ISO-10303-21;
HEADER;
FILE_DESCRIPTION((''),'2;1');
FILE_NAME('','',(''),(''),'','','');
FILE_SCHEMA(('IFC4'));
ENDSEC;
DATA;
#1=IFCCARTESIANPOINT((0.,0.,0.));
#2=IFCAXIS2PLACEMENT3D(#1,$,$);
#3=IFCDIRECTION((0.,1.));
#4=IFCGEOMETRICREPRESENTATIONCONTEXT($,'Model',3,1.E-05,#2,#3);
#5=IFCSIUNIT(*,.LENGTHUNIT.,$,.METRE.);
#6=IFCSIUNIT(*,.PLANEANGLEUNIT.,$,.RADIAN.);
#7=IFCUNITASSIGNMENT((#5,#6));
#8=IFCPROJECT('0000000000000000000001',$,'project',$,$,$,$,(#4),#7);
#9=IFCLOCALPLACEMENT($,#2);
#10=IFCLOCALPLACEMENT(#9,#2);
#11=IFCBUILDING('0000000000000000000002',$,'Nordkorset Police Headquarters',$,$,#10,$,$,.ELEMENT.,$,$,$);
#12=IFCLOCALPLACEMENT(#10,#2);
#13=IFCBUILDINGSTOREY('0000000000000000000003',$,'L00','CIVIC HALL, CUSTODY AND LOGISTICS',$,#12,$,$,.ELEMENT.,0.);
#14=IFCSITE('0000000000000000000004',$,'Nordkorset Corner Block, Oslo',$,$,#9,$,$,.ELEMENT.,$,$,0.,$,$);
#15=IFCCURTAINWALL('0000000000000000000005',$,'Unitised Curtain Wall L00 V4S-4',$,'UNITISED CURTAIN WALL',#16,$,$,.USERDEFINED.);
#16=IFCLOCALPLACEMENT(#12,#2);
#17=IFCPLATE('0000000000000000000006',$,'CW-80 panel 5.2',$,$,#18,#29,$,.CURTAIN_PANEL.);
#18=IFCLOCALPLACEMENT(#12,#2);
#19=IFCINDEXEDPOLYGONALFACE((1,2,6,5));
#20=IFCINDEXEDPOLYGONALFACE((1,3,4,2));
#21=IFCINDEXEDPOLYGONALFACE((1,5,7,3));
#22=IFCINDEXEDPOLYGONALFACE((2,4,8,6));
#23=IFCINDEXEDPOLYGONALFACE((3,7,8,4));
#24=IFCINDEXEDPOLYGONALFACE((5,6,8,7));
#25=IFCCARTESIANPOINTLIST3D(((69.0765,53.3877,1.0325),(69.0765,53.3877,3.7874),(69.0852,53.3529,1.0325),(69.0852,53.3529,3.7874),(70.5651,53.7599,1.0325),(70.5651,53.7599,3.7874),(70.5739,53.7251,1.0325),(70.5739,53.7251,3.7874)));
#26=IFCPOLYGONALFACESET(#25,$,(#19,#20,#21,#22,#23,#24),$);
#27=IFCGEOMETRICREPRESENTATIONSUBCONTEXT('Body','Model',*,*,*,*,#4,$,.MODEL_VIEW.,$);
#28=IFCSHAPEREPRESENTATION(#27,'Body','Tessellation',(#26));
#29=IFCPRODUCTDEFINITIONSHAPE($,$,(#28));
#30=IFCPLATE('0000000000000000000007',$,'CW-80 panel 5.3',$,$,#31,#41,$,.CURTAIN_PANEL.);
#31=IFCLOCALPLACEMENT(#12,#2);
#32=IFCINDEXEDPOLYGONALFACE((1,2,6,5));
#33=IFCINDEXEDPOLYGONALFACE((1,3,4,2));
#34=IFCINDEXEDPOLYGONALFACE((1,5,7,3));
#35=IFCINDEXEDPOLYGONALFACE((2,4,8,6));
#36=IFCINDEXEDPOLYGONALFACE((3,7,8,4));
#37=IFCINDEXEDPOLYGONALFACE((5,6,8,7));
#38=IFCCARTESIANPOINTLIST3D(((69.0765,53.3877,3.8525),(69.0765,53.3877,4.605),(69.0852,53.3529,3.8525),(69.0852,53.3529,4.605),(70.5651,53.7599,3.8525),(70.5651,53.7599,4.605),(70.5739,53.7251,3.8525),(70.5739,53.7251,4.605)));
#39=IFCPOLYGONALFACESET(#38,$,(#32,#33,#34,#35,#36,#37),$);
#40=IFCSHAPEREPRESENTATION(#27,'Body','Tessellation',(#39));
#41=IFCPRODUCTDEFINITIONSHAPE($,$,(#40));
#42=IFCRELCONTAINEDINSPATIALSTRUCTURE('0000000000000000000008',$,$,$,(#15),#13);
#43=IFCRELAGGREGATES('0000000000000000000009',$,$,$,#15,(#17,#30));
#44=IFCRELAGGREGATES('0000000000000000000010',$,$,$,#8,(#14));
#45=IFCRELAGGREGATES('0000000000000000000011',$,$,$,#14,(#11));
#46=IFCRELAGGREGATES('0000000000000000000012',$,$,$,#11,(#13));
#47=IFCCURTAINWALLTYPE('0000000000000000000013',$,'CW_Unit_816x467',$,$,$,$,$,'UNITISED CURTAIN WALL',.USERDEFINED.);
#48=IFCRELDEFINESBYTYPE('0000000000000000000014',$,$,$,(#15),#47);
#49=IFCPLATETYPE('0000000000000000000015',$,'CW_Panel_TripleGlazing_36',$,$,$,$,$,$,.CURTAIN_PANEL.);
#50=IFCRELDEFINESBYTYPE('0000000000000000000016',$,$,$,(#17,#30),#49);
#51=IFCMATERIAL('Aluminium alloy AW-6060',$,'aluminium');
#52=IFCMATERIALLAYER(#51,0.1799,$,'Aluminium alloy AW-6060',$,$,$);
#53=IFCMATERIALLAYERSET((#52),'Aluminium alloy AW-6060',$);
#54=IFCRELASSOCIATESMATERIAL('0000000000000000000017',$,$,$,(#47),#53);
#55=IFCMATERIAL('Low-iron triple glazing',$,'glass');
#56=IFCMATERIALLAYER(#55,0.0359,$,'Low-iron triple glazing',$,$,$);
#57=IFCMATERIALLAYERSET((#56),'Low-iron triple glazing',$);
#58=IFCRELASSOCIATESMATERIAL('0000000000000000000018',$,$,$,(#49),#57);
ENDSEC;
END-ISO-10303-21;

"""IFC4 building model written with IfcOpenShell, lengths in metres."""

from ifc_helpers import new_model, si_unit, direction, frame, origin, origin_2d, place, context, subcontext, project, spatial, rectangle, extrude, material, layer, layer_set, type_object, element, aggregate, save


model = new_model("IFC4")

# Units and contexts
model_context = context("Model", 3, precision=1e-05, world=origin(), true_north=direction((0.0, 1.0)))
body_context = subcontext(model_context, "Body", "Model", "MODEL_VIEW")
ifc_project = project(units=[si_unit("LENGTHUNIT", "METRE"), si_unit("PLANEANGLEUNIT", "RADIAN")], contexts=[model_context])

# Site, building, storey
site_placement = place(None, origin())
site = spatial("IfcSite", under=ifc_project, at=site_placement, Name="Nordkorset Corner Block, Oslo", CompositionType="ELEMENT", RefElevation=0.0)
building_placement = place(site_placement, origin())
building = spatial("IfcBuilding", under=site, at=building_placement, Name="Nordkorset Police Headquarters", CompositionType="ELEMENT")
storey_placement = place(building_placement, origin())
storey = spatial("IfcBuildingStorey", under=building, at=storey_placement, Name="L00", Description="CIVIC HALL, CUSTODY AND LOGISTICS", CompositionType="ELEMENT", Elevation=0.0)

# Curtain wall
ifc_material_1 = material(Name="Aluminium alloy AW-6060", Category="aluminium")
ifc_layer_1 = layer(ifc_material_1, 0.1799, Name="Aluminium alloy AW-6060")
ifc_layer_set_1 = layer_set([ifc_layer_1], Name="Aluminium alloy AW-6060")
curtain_wall_type = type_object("IfcCurtainWallType", Name="CW_Unit_816x467", ElementType="UNITISED CURTAIN WALL", PredefinedType="USERDEFINED", material=ifc_layer_set_1)
curtain_wall_placement = place(storey_placement, origin())
curtain_wall = element("IfcCurtainWall", 1, at=curtain_wall_placement, inside=storey, type_object=curtain_wall_type, Name="Unitised Curtain Wall L00 V4S-4", ObjectType="UNITISED CURTAIN WALL", PredefinedType="USERDEFINED")

# Plates
ifc_material_2 = material(Name="Low-iron triple glazing", Category="glass")
ifc_layer_2 = layer(ifc_material_2, 0.0359, Name="Low-iron triple glazing")
ifc_layer_set_2 = layer_set([ifc_layer_2], Name="Low-iron triple glazing")
plate_type = type_object("IfcPlateType", Name="CW_Panel_TripleGlazing_36", PredefinedType="CURTAIN_PANEL", material=ifc_layer_set_2)
plate_1_placement = place(storey_placement, frame((69.8252, 53.5564, 1.0325), z_axis=(0.0, 0.0, 1.0), x_axis=(0.970143, 0.242536, 0.0)))
plate_1 = element("IfcPlate", 2, at=plate_1_placement, type_object=plate_type, Name="CW-80 panel 5.2", PredefinedType="CURTAIN_PANEL", context=body_context, shape_type="SweptSolid", body=[
    extrude(rectangle(XDim=1.5344, YDim=0.0359, at=origin_2d()), origin(), (0.0, 0.0, 1.0), 2.7549),
])
plate_2_placement = place(storey_placement, frame((69.8252, 53.5564, 3.8525), z_axis=(0.0, 0.0, 1.0), x_axis=(0.970143, 0.242536, 0.0)))
plate_2 = element("IfcPlate", 3, at=plate_2_placement, type_object=plate_type, Name="CW-80 panel 5.3", PredefinedType="CURTAIN_PANEL", context=body_context, shape_type="SweptSolid", body=[
    extrude(rectangle(XDim=1.5344, YDim=0.0359, at=origin_2d()), origin(), (0.0, 0.0, 1.0), 0.7524),
])
aggregate(curtain_wall, [plate_1, plate_2])

save(model, "model.ifc")
